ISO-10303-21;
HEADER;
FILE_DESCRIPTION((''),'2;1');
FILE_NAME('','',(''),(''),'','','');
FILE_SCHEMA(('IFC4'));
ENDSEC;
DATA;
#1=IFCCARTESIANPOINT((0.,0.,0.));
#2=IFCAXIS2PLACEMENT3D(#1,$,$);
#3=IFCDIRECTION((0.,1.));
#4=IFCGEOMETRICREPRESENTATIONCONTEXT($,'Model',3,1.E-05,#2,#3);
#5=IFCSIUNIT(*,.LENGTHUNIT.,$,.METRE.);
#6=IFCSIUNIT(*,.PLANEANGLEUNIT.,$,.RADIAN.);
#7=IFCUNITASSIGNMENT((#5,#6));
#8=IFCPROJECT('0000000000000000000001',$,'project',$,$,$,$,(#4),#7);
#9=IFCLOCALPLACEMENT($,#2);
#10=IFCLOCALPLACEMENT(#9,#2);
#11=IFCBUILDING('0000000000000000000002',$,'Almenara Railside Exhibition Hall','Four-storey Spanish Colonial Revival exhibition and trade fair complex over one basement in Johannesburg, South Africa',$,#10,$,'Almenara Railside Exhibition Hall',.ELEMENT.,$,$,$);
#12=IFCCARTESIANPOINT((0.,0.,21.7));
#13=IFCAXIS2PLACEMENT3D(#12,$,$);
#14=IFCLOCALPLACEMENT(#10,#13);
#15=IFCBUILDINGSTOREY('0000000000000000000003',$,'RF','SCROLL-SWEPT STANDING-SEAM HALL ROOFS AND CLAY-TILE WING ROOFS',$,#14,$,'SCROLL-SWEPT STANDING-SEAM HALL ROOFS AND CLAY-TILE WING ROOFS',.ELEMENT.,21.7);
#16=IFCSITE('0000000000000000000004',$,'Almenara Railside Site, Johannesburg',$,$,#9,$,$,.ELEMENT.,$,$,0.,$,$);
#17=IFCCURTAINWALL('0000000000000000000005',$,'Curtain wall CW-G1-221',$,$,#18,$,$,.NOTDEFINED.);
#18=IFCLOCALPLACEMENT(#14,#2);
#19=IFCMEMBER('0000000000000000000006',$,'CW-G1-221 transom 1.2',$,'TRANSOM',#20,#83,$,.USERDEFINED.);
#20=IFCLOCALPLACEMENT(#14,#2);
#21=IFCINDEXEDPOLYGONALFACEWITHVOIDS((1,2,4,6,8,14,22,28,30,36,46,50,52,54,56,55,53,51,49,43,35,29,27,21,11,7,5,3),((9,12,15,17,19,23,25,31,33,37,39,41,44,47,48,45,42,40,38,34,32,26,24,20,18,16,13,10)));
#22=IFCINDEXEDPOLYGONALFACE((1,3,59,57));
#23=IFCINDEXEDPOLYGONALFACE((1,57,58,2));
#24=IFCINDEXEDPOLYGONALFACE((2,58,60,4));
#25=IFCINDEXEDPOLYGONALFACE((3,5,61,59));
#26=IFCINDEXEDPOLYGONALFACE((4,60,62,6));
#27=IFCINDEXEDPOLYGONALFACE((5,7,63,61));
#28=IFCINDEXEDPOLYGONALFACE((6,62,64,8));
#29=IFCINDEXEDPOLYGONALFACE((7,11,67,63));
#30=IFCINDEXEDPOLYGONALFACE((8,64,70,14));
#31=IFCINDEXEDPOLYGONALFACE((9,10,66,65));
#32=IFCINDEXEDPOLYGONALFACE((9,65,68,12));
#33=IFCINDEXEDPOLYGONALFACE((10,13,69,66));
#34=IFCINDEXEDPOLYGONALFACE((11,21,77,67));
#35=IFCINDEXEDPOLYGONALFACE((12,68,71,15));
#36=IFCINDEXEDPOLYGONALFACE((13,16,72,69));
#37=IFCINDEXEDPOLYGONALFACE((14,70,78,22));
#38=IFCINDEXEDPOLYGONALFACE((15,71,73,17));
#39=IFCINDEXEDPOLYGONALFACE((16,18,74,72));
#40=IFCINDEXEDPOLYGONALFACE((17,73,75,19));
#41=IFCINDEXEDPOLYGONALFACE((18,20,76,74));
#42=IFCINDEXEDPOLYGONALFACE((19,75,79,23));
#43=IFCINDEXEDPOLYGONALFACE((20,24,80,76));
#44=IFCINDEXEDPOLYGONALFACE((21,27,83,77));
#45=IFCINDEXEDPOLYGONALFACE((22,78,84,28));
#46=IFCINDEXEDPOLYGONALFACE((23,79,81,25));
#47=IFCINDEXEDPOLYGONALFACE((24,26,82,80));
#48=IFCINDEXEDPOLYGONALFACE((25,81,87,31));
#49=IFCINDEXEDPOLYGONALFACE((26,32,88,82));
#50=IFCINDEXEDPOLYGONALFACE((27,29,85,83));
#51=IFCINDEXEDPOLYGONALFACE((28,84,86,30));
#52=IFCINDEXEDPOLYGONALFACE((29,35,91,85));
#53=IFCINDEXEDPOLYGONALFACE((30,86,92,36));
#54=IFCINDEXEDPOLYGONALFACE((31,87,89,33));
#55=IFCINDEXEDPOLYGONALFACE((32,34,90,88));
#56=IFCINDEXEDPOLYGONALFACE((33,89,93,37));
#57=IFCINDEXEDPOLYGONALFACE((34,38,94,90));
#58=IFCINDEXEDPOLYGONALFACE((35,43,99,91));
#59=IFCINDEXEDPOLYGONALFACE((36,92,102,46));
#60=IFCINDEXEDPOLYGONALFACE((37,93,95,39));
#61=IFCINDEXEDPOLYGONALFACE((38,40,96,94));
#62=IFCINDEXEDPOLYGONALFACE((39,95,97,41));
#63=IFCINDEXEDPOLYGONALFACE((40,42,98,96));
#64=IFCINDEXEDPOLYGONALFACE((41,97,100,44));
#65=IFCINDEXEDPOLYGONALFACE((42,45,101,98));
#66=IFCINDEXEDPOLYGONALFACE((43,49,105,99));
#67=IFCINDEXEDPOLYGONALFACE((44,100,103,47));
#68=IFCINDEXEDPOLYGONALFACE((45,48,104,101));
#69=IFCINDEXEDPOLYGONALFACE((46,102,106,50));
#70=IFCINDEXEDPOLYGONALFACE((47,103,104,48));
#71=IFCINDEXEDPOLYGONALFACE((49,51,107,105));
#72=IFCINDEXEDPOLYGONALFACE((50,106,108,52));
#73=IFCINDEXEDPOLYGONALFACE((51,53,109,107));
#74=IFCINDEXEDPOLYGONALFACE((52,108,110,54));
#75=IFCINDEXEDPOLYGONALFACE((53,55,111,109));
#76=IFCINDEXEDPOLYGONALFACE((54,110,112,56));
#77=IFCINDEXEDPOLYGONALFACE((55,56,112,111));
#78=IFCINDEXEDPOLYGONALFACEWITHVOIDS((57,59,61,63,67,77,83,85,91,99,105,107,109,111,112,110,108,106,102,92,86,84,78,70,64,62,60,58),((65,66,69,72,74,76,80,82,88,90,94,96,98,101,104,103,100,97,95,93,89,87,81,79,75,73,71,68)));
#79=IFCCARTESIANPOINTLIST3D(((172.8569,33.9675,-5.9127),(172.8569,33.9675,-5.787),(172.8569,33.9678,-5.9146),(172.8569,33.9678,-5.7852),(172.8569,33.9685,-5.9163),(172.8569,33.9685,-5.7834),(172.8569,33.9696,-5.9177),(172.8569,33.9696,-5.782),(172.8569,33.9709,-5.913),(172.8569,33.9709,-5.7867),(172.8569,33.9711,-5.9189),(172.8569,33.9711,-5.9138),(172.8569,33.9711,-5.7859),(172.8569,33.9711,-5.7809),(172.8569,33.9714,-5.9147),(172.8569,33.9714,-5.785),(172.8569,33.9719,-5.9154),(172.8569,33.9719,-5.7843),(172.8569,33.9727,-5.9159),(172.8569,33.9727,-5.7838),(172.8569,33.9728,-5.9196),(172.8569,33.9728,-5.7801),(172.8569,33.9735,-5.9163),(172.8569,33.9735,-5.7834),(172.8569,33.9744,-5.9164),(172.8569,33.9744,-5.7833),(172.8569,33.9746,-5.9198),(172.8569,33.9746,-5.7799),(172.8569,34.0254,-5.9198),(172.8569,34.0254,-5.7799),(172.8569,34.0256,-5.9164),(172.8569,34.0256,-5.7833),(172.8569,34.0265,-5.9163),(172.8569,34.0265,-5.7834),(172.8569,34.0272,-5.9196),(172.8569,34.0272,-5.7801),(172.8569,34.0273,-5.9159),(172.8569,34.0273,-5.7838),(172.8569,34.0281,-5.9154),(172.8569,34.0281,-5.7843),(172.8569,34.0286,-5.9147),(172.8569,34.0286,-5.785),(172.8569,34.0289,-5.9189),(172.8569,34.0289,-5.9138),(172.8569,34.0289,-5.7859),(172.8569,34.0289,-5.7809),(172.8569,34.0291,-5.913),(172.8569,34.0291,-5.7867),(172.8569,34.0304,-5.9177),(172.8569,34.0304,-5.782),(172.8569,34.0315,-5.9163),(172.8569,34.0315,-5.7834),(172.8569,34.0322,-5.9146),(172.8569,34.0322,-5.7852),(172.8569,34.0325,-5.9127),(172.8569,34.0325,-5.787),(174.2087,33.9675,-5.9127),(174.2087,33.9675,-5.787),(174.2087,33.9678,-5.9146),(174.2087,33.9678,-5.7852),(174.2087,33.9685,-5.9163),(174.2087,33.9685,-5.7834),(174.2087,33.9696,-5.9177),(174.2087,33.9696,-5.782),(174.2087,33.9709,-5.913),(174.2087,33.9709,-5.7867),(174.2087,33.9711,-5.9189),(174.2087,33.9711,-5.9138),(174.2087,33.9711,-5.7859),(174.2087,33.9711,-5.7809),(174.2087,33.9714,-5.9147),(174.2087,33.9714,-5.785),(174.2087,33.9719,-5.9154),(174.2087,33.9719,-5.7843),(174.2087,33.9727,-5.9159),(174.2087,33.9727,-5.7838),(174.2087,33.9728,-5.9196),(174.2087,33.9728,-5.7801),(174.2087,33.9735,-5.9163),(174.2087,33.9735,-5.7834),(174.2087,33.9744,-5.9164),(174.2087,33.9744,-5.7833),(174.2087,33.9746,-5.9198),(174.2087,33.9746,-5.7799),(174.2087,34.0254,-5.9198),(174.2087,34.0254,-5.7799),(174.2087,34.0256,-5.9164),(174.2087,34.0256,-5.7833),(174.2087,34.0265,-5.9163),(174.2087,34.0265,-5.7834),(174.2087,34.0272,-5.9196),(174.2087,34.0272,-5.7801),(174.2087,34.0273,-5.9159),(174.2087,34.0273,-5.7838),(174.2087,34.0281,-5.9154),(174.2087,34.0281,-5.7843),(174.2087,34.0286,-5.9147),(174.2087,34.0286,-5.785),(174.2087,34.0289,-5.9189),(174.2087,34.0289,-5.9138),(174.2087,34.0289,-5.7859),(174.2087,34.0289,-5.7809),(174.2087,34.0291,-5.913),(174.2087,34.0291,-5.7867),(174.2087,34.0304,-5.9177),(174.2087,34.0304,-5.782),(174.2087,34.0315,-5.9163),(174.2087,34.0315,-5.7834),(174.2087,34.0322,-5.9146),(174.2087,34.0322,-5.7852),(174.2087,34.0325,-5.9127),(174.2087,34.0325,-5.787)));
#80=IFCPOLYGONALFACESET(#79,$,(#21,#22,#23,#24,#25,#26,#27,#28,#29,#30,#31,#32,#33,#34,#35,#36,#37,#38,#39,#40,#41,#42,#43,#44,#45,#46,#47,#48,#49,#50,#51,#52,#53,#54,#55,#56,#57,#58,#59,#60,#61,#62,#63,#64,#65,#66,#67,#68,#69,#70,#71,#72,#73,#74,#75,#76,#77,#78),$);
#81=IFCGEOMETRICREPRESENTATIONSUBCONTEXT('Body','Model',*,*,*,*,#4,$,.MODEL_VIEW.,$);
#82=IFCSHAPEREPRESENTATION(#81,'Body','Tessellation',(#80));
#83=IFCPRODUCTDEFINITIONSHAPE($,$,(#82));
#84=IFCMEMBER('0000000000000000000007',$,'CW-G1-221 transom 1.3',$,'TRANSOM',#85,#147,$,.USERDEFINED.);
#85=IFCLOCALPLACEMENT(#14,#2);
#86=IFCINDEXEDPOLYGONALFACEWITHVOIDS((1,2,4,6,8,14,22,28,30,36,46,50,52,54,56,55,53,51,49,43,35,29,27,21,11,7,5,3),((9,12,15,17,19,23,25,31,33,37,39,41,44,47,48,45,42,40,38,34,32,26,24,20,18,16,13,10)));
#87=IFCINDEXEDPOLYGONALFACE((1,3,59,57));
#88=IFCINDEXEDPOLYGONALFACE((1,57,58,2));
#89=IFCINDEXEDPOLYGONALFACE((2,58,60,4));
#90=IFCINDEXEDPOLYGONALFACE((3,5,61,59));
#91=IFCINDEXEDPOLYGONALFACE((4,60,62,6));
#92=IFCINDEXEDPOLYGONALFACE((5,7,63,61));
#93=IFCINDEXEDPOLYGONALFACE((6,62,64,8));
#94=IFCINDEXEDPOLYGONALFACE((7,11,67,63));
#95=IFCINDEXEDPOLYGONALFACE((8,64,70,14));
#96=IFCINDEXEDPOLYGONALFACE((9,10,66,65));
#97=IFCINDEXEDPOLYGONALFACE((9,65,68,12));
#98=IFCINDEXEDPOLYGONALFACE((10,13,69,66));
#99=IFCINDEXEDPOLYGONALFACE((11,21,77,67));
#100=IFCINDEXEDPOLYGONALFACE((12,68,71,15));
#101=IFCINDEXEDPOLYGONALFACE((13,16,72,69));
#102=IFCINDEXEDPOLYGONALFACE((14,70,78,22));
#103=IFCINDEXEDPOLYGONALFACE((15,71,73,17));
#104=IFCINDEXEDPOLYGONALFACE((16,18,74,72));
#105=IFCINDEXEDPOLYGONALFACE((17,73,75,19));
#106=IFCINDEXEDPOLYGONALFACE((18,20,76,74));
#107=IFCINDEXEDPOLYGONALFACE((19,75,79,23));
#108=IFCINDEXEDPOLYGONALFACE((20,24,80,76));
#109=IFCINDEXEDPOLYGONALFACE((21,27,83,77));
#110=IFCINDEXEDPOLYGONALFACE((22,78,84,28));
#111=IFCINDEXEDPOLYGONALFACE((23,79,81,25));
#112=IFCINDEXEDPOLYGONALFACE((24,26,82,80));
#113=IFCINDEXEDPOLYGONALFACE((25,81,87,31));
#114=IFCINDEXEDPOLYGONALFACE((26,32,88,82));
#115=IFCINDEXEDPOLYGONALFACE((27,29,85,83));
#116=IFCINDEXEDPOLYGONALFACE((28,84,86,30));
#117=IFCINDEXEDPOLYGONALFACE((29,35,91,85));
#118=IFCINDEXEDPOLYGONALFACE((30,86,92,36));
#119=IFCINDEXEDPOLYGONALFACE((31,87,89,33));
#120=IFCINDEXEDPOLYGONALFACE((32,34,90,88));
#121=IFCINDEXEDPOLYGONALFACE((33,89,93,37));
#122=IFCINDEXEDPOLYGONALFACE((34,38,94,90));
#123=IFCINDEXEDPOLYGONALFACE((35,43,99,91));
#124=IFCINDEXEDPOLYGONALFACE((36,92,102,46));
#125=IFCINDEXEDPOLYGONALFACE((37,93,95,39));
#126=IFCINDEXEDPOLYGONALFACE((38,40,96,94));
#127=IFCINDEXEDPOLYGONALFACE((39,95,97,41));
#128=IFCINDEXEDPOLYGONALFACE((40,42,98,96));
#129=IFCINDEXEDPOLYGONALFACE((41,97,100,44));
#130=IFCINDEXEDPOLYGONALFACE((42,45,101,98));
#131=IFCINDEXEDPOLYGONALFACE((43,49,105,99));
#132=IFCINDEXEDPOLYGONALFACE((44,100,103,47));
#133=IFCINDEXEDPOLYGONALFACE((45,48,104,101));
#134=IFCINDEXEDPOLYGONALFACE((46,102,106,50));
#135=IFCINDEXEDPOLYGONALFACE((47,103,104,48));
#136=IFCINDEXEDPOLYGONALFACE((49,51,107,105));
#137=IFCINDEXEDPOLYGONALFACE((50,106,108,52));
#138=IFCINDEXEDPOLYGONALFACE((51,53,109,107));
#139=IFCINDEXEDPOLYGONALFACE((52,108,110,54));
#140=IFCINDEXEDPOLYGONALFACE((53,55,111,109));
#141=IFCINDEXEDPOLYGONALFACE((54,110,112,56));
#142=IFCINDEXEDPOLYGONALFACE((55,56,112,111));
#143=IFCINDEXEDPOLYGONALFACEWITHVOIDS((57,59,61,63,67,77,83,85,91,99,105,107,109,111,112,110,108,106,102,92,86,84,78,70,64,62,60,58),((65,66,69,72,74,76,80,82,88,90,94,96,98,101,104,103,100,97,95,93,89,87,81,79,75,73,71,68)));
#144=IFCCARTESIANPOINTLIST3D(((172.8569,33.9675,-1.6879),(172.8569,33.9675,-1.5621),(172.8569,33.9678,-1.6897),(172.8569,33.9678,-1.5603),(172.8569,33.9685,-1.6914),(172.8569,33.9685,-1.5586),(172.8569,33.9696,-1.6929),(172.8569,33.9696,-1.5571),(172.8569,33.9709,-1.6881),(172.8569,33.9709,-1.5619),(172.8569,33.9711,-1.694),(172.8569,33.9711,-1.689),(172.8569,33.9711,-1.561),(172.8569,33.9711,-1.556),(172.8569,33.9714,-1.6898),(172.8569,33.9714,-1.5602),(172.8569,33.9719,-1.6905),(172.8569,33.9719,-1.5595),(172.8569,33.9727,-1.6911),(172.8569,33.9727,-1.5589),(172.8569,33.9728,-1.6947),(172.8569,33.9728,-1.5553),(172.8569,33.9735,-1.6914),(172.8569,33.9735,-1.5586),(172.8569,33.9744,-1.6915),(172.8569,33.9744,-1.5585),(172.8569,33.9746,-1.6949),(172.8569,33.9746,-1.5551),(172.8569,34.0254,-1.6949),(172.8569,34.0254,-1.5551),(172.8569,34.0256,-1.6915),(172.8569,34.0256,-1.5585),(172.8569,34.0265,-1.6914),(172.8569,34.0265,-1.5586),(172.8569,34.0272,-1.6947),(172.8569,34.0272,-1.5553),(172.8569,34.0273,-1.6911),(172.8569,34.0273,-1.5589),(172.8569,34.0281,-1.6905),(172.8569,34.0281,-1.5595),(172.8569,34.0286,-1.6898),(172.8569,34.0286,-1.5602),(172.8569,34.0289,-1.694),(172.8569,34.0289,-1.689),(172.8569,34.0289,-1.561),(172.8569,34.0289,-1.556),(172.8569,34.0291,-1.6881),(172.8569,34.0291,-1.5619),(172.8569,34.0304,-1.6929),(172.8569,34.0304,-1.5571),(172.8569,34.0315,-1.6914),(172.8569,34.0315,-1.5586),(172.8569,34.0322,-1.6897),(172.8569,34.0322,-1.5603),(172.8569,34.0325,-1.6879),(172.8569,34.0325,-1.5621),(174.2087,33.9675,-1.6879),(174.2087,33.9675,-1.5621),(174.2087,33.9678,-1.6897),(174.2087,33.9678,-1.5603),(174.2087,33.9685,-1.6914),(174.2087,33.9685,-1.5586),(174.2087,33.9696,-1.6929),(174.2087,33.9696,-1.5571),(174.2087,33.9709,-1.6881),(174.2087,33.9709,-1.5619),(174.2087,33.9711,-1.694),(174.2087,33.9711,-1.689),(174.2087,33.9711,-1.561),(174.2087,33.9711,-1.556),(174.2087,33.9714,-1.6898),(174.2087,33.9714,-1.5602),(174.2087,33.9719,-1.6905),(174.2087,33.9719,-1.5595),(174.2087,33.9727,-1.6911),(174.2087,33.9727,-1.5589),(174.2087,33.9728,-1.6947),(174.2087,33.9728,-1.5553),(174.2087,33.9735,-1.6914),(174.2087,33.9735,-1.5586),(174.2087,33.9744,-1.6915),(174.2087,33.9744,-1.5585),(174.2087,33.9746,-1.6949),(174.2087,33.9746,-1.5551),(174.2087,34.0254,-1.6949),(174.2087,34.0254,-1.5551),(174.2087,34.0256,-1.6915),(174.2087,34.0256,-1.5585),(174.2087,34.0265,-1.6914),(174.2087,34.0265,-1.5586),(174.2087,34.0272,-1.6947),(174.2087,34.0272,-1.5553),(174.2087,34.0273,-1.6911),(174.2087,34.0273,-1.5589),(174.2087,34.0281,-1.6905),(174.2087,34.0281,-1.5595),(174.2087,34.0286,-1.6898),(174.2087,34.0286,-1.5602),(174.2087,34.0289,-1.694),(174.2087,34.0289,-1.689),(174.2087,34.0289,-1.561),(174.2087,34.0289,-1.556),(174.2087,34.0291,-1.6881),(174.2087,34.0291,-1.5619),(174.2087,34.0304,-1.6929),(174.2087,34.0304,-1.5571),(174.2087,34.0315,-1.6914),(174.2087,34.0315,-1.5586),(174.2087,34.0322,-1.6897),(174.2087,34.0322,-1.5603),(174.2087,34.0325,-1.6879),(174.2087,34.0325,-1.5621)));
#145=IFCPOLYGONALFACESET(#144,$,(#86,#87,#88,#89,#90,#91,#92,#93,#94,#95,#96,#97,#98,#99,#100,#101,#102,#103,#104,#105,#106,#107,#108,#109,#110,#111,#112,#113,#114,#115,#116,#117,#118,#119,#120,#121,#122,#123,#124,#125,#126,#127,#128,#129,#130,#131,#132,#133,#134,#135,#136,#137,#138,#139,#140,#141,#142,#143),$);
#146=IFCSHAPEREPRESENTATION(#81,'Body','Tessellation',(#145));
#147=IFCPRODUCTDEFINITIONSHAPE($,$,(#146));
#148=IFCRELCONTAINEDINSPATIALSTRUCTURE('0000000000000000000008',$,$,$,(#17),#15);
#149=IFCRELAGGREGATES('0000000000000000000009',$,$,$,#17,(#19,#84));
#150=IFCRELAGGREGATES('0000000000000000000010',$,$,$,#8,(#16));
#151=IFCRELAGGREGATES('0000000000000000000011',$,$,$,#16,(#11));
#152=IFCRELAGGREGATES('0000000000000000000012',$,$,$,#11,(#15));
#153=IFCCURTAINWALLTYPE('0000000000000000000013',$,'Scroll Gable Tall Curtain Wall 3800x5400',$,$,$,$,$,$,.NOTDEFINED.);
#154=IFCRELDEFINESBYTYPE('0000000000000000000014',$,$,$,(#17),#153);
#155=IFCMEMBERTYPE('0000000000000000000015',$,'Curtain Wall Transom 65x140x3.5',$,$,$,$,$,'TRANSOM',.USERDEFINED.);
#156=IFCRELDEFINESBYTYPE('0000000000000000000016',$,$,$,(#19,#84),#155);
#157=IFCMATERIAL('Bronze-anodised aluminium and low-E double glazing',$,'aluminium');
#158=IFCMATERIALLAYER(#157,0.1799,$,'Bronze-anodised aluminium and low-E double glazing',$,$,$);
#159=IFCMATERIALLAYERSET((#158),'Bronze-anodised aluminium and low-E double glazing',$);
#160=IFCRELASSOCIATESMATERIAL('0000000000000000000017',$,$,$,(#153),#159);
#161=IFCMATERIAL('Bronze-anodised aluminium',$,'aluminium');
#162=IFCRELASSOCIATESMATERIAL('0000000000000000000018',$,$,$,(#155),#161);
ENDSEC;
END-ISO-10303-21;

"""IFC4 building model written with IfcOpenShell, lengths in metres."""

from ifc_helpers import new_model, si_unit, direction, frame, origin, origin_2d, place, context, subcontext, project, spatial, hollow_rectangle, extrude, material, layer, layer_set, material_profile, profile_set, type_object, element, aggregate, save


model = new_model("IFC4")

# Units and contexts
model_context = context("Model", 3, precision=1e-05, world=origin(), true_north=direction((0.0, 1.0)))
body_context = subcontext(model_context, "Body", "Model", "MODEL_VIEW")
ifc_project = project(units=[si_unit("LENGTHUNIT", "METRE"), si_unit("PLANEANGLEUNIT", "RADIAN")], contexts=[model_context])

# Site, building, storey
site_placement = place(None, origin())
site = spatial("IfcSite", under=ifc_project, at=site_placement, Name="Almenara Railside Site, Johannesburg", CompositionType="ELEMENT", RefElevation=0.0)
building_placement = place(site_placement, origin())
building = spatial("IfcBuilding", under=site, at=building_placement, Name="Almenara Railside Exhibition Hall", Description="Four-storey Spanish Colonial Revival exhibition and trade fair complex over one basement in Johannesburg, South Africa", LongName="Almenara Railside Exhibition Hall", CompositionType="ELEMENT")
storey_placement = place(building_placement, frame((0.0, 0.0, 21.7)))
storey = spatial("IfcBuildingStorey", under=building, at=storey_placement, Name="RF", Description="SCROLL-SWEPT STANDING-SEAM HALL ROOFS AND CLAY-TILE WING ROOFS", LongName="SCROLL-SWEPT STANDING-SEAM HALL ROOFS AND CLAY-TILE WING ROOFS", CompositionType="ELEMENT", Elevation=21.7)

# Curtain wall
ifc_material_1 = material(Name="Bronze-anodised aluminium and low-E double glazing", Category="aluminium")
ifc_layer_1 = layer(ifc_material_1, 0.1799, Name="Bronze-anodised aluminium and low-E double glazing")
ifc_layer_set_1 = layer_set([ifc_layer_1], Name="Bronze-anodised aluminium and low-E double glazing")
curtain_wall_type = type_object("IfcCurtainWallType", Name="Scroll Gable Tall Curtain Wall 3800x5400", PredefinedType="NOTDEFINED", material=ifc_layer_set_1)
curtain_wall_1_placement = place(storey_placement, origin())
curtain_wall_1 = element("IfcCurtainWall", 1, at=curtain_wall_1_placement, inside=storey, type_object=curtain_wall_type, Name="Curtain wall CW-G1-221", PredefinedType="NOTDEFINED")
ifc_material_2 = material(Name="Bronze-anodised aluminium", Category="aluminium")

# Members
ifc_material_profile_1 = material_profile(ifc_material_2, hollow_rectangle(XDim=0.0649, YDim=0.1399, WallThickness=0.0034, InnerFilletRadius=0.0034, OuterFilletRadius=0.0071, at=origin_2d()), Name="ALU-TRN 65x140x3.5")
ifc_profile_set_1 = profile_set([ifc_material_profile_1], Name="Bronze-anodised aluminium")
member_type_1 = type_object("IfcMemberType", Name="Curtain Wall Transom 65x140x3.5", ElementType="TRANSOM", PredefinedType="USERDEFINED", material=ifc_profile_set_1)
member_1_placement = place(storey_placement, frame((172.8569, 34.0, -5.8499), z_axis=(1.0, 0.0, 0.0), x_axis=(0.0, 1.0, 0.0)))
member_1 = element("IfcMember", 2, at=member_1_placement, type_object=member_type_1, Name="CW-G1-221 transom 1.2", ObjectType="TRANSOM", PredefinedType="USERDEFINED", context=body_context, shape_type="SweptSolid", body=[
    extrude(hollow_rectangle(XDim=0.0649, YDim=0.1399, WallThickness=0.0034, InnerFilletRadius=0.0034, OuterFilletRadius=0.0071, at=origin_2d()), origin(), (0.0, 0.0, 1.0), 1.3518),
])
member_2_placement = place(storey_placement, frame((172.8569, 34.0, -1.625), z_axis=(1.0, 0.0, 0.0), x_axis=(0.0, 1.0, 0.0)))
member_2 = element("IfcMember", 3, at=member_2_placement, type_object=member_type_1, Name="CW-G1-221 transom 1.3", ObjectType="TRANSOM", PredefinedType="USERDEFINED", context=body_context, shape_type="SweptSolid", body=[
    extrude(hollow_rectangle(XDim=0.0649, YDim=0.1399, WallThickness=0.0034, InnerFilletRadius=0.0034, OuterFilletRadius=0.0071, at=origin_2d()), origin(), (0.0, 0.0, 1.0), 1.3518),
])

aggregate(curtain_wall_1, [member_1, member_2])

save(model, "model.ifc")
